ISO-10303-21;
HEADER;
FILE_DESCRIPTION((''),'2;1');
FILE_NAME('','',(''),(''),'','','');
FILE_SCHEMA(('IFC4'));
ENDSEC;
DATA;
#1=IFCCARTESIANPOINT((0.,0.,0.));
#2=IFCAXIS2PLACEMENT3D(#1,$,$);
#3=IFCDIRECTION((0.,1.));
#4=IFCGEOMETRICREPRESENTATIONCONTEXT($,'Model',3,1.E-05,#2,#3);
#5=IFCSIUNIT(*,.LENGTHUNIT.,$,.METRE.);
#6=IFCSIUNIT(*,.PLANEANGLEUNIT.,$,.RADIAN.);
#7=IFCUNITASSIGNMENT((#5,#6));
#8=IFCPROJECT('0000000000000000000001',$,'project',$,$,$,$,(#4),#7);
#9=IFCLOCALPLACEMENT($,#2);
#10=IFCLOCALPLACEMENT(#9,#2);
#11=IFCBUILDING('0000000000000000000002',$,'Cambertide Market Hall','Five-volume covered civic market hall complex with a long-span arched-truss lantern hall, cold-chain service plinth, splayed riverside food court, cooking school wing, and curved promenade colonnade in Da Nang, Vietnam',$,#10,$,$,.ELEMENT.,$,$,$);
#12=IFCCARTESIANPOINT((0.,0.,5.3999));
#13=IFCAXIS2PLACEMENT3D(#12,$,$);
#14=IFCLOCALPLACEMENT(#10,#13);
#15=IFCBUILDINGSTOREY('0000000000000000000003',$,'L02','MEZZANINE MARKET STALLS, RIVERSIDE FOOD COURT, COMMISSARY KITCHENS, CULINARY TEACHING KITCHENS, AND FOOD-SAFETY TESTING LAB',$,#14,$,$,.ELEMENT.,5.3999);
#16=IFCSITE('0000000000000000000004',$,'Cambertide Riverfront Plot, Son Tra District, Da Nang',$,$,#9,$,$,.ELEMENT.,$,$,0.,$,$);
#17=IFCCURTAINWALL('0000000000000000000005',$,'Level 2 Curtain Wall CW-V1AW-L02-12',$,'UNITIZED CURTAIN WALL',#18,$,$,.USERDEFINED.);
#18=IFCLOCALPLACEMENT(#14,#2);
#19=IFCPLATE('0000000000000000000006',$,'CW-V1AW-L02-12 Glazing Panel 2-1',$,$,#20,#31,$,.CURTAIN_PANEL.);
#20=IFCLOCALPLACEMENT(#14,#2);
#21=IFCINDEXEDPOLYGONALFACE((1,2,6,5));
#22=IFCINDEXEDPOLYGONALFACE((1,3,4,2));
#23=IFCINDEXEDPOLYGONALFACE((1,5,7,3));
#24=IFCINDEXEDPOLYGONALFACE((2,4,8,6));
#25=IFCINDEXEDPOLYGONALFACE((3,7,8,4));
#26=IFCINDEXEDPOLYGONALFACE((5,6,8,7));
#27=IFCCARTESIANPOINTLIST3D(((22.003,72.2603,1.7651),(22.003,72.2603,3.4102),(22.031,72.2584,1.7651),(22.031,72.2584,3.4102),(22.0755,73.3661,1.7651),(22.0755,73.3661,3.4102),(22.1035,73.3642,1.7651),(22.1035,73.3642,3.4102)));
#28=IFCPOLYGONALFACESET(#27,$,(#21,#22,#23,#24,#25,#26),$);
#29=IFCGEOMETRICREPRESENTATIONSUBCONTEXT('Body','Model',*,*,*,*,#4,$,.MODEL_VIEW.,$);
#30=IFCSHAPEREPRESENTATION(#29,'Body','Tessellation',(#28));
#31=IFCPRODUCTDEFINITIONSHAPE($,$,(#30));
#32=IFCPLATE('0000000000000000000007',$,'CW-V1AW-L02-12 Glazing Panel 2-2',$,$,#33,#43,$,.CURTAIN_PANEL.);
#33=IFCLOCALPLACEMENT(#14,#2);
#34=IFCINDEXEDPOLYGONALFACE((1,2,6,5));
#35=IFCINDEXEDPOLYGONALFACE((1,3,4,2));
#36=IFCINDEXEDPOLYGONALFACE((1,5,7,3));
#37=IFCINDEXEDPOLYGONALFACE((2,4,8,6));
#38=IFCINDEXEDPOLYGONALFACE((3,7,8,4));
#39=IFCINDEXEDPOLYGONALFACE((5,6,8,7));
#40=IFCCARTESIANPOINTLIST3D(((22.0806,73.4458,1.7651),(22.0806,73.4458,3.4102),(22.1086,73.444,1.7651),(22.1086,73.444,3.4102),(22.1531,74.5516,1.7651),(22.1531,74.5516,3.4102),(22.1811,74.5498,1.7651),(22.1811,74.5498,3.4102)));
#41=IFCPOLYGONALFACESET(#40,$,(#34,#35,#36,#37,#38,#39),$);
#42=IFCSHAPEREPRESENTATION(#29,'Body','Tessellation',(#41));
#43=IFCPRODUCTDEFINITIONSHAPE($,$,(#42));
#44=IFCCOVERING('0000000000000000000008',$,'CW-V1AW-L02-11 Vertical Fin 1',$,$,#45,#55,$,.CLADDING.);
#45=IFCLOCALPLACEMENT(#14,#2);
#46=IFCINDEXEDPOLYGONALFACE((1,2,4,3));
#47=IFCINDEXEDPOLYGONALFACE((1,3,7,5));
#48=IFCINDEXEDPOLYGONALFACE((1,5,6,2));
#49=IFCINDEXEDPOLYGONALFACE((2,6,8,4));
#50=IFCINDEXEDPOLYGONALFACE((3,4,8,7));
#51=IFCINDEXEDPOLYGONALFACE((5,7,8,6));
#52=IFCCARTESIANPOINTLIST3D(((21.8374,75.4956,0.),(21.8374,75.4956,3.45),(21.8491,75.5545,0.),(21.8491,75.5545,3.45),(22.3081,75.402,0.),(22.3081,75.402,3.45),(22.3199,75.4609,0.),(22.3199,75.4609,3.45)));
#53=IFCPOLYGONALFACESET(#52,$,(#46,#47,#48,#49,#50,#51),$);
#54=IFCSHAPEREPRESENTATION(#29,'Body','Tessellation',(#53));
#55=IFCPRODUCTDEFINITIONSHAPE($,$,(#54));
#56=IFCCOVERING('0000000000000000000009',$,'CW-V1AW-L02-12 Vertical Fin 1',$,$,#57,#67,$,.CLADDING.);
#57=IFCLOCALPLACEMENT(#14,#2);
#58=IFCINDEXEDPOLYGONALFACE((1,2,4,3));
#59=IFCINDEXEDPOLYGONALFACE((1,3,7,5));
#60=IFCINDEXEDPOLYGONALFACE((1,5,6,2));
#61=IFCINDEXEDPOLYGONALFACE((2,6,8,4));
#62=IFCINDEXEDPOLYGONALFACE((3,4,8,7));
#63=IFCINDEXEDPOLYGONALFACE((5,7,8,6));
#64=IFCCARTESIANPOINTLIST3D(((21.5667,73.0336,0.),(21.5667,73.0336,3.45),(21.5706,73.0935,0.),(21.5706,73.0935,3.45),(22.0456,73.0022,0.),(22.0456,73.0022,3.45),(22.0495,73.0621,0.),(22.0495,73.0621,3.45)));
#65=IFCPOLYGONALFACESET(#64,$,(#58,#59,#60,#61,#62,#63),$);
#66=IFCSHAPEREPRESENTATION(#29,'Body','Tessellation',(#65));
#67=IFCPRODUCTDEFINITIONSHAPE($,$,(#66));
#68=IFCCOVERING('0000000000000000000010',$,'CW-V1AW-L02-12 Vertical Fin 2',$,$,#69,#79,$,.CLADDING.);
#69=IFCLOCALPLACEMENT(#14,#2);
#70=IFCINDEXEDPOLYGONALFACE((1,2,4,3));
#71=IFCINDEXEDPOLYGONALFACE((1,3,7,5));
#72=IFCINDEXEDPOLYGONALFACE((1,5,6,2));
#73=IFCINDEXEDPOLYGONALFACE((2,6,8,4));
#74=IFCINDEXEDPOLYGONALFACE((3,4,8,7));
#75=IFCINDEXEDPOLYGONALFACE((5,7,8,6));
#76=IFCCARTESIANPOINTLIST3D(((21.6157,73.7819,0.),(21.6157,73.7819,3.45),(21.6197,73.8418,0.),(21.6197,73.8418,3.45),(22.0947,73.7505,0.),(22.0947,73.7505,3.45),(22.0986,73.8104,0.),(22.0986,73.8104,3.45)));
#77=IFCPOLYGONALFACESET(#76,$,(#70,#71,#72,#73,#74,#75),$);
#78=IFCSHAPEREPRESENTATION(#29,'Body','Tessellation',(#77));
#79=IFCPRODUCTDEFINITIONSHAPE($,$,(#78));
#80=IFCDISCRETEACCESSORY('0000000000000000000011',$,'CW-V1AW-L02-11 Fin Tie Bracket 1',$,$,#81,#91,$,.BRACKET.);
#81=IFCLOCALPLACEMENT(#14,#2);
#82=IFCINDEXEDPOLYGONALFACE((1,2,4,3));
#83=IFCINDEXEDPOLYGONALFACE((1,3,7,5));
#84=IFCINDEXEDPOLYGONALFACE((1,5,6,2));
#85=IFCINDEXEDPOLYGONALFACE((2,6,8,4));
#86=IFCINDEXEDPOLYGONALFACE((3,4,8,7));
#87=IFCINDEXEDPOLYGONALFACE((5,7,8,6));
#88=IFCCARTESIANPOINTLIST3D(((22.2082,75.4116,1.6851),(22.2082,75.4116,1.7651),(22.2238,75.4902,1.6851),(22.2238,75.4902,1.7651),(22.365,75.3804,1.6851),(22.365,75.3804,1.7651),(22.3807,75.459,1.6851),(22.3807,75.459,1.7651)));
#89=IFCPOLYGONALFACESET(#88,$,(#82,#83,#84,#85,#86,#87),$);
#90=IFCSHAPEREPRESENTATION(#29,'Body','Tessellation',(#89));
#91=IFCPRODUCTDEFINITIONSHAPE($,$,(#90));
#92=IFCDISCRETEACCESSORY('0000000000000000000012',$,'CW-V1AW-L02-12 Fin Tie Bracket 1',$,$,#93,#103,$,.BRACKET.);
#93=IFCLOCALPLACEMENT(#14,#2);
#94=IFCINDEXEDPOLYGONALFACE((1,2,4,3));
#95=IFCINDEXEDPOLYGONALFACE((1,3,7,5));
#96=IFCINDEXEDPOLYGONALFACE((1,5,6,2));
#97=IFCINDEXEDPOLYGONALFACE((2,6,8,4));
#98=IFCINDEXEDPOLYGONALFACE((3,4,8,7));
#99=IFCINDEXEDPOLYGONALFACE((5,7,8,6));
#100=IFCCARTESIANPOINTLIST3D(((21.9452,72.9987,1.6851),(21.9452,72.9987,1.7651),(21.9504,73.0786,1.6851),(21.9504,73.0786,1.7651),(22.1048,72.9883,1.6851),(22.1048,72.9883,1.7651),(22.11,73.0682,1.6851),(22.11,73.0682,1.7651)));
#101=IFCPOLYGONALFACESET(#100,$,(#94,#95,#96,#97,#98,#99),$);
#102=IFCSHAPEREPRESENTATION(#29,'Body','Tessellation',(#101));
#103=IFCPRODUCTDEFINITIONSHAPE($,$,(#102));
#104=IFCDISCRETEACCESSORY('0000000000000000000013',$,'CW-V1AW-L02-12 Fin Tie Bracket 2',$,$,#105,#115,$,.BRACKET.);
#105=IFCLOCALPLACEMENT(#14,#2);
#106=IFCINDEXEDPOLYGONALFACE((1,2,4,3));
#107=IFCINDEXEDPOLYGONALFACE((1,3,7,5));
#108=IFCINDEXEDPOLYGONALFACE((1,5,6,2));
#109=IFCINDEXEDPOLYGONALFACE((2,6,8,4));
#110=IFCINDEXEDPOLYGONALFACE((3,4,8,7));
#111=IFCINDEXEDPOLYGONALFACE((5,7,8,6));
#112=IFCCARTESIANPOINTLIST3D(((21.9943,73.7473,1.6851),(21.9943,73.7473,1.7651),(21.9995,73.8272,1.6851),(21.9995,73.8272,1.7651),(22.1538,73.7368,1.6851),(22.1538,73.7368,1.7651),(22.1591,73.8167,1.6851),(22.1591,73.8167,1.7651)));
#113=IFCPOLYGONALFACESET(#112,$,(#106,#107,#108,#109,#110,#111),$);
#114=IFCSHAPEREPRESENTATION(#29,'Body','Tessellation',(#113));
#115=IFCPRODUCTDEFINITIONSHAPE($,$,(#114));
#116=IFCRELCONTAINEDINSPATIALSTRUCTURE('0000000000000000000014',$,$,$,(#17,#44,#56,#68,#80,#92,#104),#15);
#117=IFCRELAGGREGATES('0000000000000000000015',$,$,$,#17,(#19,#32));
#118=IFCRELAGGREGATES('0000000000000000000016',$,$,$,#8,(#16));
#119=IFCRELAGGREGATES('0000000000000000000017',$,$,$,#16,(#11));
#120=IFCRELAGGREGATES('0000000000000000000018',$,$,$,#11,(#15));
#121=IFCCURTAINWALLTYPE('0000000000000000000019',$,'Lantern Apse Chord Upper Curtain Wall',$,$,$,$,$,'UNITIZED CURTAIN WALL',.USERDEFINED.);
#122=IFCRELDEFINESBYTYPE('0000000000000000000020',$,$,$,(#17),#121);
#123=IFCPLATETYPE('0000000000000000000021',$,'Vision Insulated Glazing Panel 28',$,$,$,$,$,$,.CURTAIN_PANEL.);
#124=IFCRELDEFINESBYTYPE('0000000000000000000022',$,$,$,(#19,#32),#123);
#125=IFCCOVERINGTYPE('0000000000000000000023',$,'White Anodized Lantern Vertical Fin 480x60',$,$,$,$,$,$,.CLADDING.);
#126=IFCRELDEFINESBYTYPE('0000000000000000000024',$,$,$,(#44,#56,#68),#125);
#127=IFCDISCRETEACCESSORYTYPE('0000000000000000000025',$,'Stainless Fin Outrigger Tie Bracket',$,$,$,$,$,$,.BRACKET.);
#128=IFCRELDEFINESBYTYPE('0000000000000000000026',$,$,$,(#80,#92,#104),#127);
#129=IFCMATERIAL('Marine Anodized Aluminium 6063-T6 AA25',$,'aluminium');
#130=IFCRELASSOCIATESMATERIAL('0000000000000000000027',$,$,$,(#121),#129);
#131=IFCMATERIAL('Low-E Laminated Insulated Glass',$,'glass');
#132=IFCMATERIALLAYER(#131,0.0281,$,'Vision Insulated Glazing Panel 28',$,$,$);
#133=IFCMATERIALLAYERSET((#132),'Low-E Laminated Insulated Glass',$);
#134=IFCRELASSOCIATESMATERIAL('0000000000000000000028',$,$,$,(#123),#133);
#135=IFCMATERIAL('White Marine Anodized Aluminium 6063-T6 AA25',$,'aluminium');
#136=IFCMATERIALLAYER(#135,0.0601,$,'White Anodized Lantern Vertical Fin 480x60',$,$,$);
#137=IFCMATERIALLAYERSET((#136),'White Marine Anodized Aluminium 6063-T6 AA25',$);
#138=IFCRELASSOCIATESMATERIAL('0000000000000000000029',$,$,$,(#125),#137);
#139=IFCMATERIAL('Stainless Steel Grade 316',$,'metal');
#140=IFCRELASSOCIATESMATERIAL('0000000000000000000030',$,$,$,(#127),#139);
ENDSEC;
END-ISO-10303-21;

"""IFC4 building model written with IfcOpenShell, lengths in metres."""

from ifc_helpers import new_model, si_unit, direction, frame, origin, origin_2d, place, context, subcontext, project, spatial, rectangle, extrude, material, layer, layer_set, type_object, element, aggregate, save


model = new_model("IFC4")

# Units and contexts
model_context = context("Model", 3, precision=1e-05, world=origin(), true_north=direction((0.0, 1.0)))
body_context = subcontext(model_context, "Body", "Model", "MODEL_VIEW")
ifc_project = project(units=[si_unit("LENGTHUNIT", "METRE"), si_unit("PLANEANGLEUNIT", "RADIAN")], contexts=[model_context])

# Site, building, storey
site_placement = place(None, origin())
site = spatial("IfcSite", under=ifc_project, at=site_placement, Name="Cambertide Riverfront Plot, Son Tra District, Da Nang", CompositionType="ELEMENT", RefElevation=0.0)
building_placement = place(site_placement, origin())
building = spatial("IfcBuilding", under=site, at=building_placement, Name="Cambertide Market Hall", Description="Five-volume covered civic market hall complex with a long-span arched-truss lantern hall, cold-chain service plinth, splayed riverside food court, cooking school wing, and curved promenade colonnade in Da Nang, Vietnam", CompositionType="ELEMENT")
storey_placement = place(building_placement, frame((0.0, 0.0, 5.3999)))
storey = spatial("IfcBuildingStorey", under=building, at=storey_placement, Name="L02", Description="MEZZANINE MARKET STALLS, RIVERSIDE FOOD COURT, COMMISSARY KITCHENS, CULINARY TEACHING KITCHENS, AND FOOD-SAFETY TESTING LAB", CompositionType="ELEMENT", Elevation=5.3999)

# Curtain wall
ifc_material_1 = material(Name="Marine Anodized Aluminium 6063-T6 AA25", Category="aluminium")
curtain_wall_type = type_object("IfcCurtainWallType", Name="Lantern Apse Chord Upper Curtain Wall", ElementType="UNITIZED CURTAIN WALL", PredefinedType="USERDEFINED", material=ifc_material_1)
curtain_wall_1_placement = place(storey_placement, origin())
curtain_wall_1 = element("IfcCurtainWall", 1, at=curtain_wall_1_placement, inside=storey, type_object=curtain_wall_type, Name="Level 2 Curtain Wall CW-V1AW-L02-12", ObjectType="UNITIZED CURTAIN WALL", PredefinedType="USERDEFINED")

# Plates
ifc_material_2 = material(Name="Low-E Laminated Insulated Glass", Category="glass")
ifc_layer_1 = layer(ifc_material_2, 0.0281, Name="Vision Insulated Glazing Panel 28")
ifc_layer_set_1 = layer_set([ifc_layer_1], Name="Low-E Laminated Insulated Glass")
plate_type = type_object("IfcPlateType", Name="Vision Insulated Glazing Panel 28", PredefinedType="CURTAIN_PANEL", material=ifc_layer_set_1)
plate_1_placement = place(storey_placement, frame((22.0532, 72.8123, 1.7651), z_axis=(0.0, 0.0, 1.0), x_axis=(0.065403, 0.997859, 0.0)))
plate_1 = element("IfcPlate", 2, at=plate_1_placement, type_object=plate_type, Name="CW-V1AW-L02-12 Glazing Panel 2-1", PredefinedType="CURTAIN_PANEL", context=body_context, shape_type="SweptSolid", body=[
    extrude(rectangle(XDim=1.1082, YDim=0.0281, at=origin_2d()), origin(), (0.0, 0.0, 1.0), 1.645),
])
plate_2_placement = place(storey_placement, frame((22.1309, 73.9978, 1.7651), z_axis=(0.0, 0.0, 1.0), x_axis=(0.065403, 0.997859, 0.0)))
plate_2 = element("IfcPlate", 3, at=plate_2_placement, type_object=plate_type, Name="CW-V1AW-L02-12 Glazing Panel 2-2", PredefinedType="CURTAIN_PANEL", context=body_context, shape_type="SweptSolid", body=[
    extrude(rectangle(XDim=1.1082, YDim=0.0281, at=origin_2d()), origin(), (0.0, 0.0, 1.0), 1.645),
])
aggregate(curtain_wall_1, [plate_1, plate_2])

# Coverings
ifc_material_3 = material(Name="White Marine Anodized Aluminium 6063-T6 AA25", Category="aluminium")
ifc_layer_2 = layer(ifc_material_3, 0.0601, Name="White Anodized Lantern Vertical Fin 480x60")
ifc_layer_set_2 = layer_set([ifc_layer_2], Name="White Marine Anodized Aluminium 6063-T6 AA25")
covering_type = type_object("IfcCoveringType", Name="White Anodized Lantern Vertical Fin 480x60", PredefinedType="CLADDING", material=ifc_layer_set_2)
for number, where, z_axis, x_axis, name in (
    (4, (22.0786, 75.4783, 0.0), (0.0, 0.0, 1.0), (0.19509, 0.980785, 0.0), "CW-V1AW-L02-11 Vertical Fin 1"),
    (5, (21.8081, 73.0479, 0.0), (0.0, 0.0, 1.0), (0.065403, 0.997859, 0.0), "CW-V1AW-L02-12 Vertical Fin 1"),
    (6, (21.8572, 73.7961, 0.0), (0.0, 0.0, 1.0), (0.065403, 0.997859, 0.0), "CW-V1AW-L02-12 Vertical Fin 2"),
):
    element("IfcCovering", number, at=place(storey_placement, frame(where, z_axis=z_axis, x_axis=x_axis)), inside=storey, type_object=covering_type, Name=name, PredefinedType="CLADDING", context=body_context, shape_type="SweptSolid", body=[
        extrude(rectangle(XDim=0.0601, YDim=0.48, at=origin_2d()), origin(), (0.0, 0.0, 1.0), 3.45),
    ])

# Discrete accessories
ifc_material_4 = material(Name="Stainless Steel Grade 316", Category="metal")
discrete_accessory_type = type_object("IfcDiscreteAccessoryType", Name="Stainless Fin Outrigger Tie Bracket", PredefinedType="BRACKET", material=ifc_material_4)
for number, where, z_axis, x_axis, name in (
    (7, (22.2944, 75.4353, 1.6851), (0.0, 0.0, 1.0), (0.19509, 0.980785, 0.0), "CW-V1AW-L02-11 Fin Tie Bracket 1"),
    (8, (22.0276, 73.0334, 1.6851), (0.0, 0.0, 1.0), (0.065403, 0.997859, 0.0), "CW-V1AW-L02-12 Fin Tie Bracket 1"),
    (9, (22.0767, 73.782, 1.6851), (0.0, 0.0, 1.0), (0.065403, 0.997859, 0.0), "CW-V1AW-L02-12 Fin Tie Bracket 2"),
):
    element("IfcDiscreteAccessory", number, at=place(storey_placement, frame(where, z_axis=z_axis, x_axis=x_axis)), inside=storey, type_object=discrete_accessory_type, Name=name, PredefinedType="BRACKET", context=body_context, shape_type="SweptSolid", body=[
        extrude(rectangle(XDim=0.0801, YDim=0.1599, at=origin_2d()), origin(), (0.0, 0.0, 1.0), 0.0801),
    ])

save(model, "model.ifc")
